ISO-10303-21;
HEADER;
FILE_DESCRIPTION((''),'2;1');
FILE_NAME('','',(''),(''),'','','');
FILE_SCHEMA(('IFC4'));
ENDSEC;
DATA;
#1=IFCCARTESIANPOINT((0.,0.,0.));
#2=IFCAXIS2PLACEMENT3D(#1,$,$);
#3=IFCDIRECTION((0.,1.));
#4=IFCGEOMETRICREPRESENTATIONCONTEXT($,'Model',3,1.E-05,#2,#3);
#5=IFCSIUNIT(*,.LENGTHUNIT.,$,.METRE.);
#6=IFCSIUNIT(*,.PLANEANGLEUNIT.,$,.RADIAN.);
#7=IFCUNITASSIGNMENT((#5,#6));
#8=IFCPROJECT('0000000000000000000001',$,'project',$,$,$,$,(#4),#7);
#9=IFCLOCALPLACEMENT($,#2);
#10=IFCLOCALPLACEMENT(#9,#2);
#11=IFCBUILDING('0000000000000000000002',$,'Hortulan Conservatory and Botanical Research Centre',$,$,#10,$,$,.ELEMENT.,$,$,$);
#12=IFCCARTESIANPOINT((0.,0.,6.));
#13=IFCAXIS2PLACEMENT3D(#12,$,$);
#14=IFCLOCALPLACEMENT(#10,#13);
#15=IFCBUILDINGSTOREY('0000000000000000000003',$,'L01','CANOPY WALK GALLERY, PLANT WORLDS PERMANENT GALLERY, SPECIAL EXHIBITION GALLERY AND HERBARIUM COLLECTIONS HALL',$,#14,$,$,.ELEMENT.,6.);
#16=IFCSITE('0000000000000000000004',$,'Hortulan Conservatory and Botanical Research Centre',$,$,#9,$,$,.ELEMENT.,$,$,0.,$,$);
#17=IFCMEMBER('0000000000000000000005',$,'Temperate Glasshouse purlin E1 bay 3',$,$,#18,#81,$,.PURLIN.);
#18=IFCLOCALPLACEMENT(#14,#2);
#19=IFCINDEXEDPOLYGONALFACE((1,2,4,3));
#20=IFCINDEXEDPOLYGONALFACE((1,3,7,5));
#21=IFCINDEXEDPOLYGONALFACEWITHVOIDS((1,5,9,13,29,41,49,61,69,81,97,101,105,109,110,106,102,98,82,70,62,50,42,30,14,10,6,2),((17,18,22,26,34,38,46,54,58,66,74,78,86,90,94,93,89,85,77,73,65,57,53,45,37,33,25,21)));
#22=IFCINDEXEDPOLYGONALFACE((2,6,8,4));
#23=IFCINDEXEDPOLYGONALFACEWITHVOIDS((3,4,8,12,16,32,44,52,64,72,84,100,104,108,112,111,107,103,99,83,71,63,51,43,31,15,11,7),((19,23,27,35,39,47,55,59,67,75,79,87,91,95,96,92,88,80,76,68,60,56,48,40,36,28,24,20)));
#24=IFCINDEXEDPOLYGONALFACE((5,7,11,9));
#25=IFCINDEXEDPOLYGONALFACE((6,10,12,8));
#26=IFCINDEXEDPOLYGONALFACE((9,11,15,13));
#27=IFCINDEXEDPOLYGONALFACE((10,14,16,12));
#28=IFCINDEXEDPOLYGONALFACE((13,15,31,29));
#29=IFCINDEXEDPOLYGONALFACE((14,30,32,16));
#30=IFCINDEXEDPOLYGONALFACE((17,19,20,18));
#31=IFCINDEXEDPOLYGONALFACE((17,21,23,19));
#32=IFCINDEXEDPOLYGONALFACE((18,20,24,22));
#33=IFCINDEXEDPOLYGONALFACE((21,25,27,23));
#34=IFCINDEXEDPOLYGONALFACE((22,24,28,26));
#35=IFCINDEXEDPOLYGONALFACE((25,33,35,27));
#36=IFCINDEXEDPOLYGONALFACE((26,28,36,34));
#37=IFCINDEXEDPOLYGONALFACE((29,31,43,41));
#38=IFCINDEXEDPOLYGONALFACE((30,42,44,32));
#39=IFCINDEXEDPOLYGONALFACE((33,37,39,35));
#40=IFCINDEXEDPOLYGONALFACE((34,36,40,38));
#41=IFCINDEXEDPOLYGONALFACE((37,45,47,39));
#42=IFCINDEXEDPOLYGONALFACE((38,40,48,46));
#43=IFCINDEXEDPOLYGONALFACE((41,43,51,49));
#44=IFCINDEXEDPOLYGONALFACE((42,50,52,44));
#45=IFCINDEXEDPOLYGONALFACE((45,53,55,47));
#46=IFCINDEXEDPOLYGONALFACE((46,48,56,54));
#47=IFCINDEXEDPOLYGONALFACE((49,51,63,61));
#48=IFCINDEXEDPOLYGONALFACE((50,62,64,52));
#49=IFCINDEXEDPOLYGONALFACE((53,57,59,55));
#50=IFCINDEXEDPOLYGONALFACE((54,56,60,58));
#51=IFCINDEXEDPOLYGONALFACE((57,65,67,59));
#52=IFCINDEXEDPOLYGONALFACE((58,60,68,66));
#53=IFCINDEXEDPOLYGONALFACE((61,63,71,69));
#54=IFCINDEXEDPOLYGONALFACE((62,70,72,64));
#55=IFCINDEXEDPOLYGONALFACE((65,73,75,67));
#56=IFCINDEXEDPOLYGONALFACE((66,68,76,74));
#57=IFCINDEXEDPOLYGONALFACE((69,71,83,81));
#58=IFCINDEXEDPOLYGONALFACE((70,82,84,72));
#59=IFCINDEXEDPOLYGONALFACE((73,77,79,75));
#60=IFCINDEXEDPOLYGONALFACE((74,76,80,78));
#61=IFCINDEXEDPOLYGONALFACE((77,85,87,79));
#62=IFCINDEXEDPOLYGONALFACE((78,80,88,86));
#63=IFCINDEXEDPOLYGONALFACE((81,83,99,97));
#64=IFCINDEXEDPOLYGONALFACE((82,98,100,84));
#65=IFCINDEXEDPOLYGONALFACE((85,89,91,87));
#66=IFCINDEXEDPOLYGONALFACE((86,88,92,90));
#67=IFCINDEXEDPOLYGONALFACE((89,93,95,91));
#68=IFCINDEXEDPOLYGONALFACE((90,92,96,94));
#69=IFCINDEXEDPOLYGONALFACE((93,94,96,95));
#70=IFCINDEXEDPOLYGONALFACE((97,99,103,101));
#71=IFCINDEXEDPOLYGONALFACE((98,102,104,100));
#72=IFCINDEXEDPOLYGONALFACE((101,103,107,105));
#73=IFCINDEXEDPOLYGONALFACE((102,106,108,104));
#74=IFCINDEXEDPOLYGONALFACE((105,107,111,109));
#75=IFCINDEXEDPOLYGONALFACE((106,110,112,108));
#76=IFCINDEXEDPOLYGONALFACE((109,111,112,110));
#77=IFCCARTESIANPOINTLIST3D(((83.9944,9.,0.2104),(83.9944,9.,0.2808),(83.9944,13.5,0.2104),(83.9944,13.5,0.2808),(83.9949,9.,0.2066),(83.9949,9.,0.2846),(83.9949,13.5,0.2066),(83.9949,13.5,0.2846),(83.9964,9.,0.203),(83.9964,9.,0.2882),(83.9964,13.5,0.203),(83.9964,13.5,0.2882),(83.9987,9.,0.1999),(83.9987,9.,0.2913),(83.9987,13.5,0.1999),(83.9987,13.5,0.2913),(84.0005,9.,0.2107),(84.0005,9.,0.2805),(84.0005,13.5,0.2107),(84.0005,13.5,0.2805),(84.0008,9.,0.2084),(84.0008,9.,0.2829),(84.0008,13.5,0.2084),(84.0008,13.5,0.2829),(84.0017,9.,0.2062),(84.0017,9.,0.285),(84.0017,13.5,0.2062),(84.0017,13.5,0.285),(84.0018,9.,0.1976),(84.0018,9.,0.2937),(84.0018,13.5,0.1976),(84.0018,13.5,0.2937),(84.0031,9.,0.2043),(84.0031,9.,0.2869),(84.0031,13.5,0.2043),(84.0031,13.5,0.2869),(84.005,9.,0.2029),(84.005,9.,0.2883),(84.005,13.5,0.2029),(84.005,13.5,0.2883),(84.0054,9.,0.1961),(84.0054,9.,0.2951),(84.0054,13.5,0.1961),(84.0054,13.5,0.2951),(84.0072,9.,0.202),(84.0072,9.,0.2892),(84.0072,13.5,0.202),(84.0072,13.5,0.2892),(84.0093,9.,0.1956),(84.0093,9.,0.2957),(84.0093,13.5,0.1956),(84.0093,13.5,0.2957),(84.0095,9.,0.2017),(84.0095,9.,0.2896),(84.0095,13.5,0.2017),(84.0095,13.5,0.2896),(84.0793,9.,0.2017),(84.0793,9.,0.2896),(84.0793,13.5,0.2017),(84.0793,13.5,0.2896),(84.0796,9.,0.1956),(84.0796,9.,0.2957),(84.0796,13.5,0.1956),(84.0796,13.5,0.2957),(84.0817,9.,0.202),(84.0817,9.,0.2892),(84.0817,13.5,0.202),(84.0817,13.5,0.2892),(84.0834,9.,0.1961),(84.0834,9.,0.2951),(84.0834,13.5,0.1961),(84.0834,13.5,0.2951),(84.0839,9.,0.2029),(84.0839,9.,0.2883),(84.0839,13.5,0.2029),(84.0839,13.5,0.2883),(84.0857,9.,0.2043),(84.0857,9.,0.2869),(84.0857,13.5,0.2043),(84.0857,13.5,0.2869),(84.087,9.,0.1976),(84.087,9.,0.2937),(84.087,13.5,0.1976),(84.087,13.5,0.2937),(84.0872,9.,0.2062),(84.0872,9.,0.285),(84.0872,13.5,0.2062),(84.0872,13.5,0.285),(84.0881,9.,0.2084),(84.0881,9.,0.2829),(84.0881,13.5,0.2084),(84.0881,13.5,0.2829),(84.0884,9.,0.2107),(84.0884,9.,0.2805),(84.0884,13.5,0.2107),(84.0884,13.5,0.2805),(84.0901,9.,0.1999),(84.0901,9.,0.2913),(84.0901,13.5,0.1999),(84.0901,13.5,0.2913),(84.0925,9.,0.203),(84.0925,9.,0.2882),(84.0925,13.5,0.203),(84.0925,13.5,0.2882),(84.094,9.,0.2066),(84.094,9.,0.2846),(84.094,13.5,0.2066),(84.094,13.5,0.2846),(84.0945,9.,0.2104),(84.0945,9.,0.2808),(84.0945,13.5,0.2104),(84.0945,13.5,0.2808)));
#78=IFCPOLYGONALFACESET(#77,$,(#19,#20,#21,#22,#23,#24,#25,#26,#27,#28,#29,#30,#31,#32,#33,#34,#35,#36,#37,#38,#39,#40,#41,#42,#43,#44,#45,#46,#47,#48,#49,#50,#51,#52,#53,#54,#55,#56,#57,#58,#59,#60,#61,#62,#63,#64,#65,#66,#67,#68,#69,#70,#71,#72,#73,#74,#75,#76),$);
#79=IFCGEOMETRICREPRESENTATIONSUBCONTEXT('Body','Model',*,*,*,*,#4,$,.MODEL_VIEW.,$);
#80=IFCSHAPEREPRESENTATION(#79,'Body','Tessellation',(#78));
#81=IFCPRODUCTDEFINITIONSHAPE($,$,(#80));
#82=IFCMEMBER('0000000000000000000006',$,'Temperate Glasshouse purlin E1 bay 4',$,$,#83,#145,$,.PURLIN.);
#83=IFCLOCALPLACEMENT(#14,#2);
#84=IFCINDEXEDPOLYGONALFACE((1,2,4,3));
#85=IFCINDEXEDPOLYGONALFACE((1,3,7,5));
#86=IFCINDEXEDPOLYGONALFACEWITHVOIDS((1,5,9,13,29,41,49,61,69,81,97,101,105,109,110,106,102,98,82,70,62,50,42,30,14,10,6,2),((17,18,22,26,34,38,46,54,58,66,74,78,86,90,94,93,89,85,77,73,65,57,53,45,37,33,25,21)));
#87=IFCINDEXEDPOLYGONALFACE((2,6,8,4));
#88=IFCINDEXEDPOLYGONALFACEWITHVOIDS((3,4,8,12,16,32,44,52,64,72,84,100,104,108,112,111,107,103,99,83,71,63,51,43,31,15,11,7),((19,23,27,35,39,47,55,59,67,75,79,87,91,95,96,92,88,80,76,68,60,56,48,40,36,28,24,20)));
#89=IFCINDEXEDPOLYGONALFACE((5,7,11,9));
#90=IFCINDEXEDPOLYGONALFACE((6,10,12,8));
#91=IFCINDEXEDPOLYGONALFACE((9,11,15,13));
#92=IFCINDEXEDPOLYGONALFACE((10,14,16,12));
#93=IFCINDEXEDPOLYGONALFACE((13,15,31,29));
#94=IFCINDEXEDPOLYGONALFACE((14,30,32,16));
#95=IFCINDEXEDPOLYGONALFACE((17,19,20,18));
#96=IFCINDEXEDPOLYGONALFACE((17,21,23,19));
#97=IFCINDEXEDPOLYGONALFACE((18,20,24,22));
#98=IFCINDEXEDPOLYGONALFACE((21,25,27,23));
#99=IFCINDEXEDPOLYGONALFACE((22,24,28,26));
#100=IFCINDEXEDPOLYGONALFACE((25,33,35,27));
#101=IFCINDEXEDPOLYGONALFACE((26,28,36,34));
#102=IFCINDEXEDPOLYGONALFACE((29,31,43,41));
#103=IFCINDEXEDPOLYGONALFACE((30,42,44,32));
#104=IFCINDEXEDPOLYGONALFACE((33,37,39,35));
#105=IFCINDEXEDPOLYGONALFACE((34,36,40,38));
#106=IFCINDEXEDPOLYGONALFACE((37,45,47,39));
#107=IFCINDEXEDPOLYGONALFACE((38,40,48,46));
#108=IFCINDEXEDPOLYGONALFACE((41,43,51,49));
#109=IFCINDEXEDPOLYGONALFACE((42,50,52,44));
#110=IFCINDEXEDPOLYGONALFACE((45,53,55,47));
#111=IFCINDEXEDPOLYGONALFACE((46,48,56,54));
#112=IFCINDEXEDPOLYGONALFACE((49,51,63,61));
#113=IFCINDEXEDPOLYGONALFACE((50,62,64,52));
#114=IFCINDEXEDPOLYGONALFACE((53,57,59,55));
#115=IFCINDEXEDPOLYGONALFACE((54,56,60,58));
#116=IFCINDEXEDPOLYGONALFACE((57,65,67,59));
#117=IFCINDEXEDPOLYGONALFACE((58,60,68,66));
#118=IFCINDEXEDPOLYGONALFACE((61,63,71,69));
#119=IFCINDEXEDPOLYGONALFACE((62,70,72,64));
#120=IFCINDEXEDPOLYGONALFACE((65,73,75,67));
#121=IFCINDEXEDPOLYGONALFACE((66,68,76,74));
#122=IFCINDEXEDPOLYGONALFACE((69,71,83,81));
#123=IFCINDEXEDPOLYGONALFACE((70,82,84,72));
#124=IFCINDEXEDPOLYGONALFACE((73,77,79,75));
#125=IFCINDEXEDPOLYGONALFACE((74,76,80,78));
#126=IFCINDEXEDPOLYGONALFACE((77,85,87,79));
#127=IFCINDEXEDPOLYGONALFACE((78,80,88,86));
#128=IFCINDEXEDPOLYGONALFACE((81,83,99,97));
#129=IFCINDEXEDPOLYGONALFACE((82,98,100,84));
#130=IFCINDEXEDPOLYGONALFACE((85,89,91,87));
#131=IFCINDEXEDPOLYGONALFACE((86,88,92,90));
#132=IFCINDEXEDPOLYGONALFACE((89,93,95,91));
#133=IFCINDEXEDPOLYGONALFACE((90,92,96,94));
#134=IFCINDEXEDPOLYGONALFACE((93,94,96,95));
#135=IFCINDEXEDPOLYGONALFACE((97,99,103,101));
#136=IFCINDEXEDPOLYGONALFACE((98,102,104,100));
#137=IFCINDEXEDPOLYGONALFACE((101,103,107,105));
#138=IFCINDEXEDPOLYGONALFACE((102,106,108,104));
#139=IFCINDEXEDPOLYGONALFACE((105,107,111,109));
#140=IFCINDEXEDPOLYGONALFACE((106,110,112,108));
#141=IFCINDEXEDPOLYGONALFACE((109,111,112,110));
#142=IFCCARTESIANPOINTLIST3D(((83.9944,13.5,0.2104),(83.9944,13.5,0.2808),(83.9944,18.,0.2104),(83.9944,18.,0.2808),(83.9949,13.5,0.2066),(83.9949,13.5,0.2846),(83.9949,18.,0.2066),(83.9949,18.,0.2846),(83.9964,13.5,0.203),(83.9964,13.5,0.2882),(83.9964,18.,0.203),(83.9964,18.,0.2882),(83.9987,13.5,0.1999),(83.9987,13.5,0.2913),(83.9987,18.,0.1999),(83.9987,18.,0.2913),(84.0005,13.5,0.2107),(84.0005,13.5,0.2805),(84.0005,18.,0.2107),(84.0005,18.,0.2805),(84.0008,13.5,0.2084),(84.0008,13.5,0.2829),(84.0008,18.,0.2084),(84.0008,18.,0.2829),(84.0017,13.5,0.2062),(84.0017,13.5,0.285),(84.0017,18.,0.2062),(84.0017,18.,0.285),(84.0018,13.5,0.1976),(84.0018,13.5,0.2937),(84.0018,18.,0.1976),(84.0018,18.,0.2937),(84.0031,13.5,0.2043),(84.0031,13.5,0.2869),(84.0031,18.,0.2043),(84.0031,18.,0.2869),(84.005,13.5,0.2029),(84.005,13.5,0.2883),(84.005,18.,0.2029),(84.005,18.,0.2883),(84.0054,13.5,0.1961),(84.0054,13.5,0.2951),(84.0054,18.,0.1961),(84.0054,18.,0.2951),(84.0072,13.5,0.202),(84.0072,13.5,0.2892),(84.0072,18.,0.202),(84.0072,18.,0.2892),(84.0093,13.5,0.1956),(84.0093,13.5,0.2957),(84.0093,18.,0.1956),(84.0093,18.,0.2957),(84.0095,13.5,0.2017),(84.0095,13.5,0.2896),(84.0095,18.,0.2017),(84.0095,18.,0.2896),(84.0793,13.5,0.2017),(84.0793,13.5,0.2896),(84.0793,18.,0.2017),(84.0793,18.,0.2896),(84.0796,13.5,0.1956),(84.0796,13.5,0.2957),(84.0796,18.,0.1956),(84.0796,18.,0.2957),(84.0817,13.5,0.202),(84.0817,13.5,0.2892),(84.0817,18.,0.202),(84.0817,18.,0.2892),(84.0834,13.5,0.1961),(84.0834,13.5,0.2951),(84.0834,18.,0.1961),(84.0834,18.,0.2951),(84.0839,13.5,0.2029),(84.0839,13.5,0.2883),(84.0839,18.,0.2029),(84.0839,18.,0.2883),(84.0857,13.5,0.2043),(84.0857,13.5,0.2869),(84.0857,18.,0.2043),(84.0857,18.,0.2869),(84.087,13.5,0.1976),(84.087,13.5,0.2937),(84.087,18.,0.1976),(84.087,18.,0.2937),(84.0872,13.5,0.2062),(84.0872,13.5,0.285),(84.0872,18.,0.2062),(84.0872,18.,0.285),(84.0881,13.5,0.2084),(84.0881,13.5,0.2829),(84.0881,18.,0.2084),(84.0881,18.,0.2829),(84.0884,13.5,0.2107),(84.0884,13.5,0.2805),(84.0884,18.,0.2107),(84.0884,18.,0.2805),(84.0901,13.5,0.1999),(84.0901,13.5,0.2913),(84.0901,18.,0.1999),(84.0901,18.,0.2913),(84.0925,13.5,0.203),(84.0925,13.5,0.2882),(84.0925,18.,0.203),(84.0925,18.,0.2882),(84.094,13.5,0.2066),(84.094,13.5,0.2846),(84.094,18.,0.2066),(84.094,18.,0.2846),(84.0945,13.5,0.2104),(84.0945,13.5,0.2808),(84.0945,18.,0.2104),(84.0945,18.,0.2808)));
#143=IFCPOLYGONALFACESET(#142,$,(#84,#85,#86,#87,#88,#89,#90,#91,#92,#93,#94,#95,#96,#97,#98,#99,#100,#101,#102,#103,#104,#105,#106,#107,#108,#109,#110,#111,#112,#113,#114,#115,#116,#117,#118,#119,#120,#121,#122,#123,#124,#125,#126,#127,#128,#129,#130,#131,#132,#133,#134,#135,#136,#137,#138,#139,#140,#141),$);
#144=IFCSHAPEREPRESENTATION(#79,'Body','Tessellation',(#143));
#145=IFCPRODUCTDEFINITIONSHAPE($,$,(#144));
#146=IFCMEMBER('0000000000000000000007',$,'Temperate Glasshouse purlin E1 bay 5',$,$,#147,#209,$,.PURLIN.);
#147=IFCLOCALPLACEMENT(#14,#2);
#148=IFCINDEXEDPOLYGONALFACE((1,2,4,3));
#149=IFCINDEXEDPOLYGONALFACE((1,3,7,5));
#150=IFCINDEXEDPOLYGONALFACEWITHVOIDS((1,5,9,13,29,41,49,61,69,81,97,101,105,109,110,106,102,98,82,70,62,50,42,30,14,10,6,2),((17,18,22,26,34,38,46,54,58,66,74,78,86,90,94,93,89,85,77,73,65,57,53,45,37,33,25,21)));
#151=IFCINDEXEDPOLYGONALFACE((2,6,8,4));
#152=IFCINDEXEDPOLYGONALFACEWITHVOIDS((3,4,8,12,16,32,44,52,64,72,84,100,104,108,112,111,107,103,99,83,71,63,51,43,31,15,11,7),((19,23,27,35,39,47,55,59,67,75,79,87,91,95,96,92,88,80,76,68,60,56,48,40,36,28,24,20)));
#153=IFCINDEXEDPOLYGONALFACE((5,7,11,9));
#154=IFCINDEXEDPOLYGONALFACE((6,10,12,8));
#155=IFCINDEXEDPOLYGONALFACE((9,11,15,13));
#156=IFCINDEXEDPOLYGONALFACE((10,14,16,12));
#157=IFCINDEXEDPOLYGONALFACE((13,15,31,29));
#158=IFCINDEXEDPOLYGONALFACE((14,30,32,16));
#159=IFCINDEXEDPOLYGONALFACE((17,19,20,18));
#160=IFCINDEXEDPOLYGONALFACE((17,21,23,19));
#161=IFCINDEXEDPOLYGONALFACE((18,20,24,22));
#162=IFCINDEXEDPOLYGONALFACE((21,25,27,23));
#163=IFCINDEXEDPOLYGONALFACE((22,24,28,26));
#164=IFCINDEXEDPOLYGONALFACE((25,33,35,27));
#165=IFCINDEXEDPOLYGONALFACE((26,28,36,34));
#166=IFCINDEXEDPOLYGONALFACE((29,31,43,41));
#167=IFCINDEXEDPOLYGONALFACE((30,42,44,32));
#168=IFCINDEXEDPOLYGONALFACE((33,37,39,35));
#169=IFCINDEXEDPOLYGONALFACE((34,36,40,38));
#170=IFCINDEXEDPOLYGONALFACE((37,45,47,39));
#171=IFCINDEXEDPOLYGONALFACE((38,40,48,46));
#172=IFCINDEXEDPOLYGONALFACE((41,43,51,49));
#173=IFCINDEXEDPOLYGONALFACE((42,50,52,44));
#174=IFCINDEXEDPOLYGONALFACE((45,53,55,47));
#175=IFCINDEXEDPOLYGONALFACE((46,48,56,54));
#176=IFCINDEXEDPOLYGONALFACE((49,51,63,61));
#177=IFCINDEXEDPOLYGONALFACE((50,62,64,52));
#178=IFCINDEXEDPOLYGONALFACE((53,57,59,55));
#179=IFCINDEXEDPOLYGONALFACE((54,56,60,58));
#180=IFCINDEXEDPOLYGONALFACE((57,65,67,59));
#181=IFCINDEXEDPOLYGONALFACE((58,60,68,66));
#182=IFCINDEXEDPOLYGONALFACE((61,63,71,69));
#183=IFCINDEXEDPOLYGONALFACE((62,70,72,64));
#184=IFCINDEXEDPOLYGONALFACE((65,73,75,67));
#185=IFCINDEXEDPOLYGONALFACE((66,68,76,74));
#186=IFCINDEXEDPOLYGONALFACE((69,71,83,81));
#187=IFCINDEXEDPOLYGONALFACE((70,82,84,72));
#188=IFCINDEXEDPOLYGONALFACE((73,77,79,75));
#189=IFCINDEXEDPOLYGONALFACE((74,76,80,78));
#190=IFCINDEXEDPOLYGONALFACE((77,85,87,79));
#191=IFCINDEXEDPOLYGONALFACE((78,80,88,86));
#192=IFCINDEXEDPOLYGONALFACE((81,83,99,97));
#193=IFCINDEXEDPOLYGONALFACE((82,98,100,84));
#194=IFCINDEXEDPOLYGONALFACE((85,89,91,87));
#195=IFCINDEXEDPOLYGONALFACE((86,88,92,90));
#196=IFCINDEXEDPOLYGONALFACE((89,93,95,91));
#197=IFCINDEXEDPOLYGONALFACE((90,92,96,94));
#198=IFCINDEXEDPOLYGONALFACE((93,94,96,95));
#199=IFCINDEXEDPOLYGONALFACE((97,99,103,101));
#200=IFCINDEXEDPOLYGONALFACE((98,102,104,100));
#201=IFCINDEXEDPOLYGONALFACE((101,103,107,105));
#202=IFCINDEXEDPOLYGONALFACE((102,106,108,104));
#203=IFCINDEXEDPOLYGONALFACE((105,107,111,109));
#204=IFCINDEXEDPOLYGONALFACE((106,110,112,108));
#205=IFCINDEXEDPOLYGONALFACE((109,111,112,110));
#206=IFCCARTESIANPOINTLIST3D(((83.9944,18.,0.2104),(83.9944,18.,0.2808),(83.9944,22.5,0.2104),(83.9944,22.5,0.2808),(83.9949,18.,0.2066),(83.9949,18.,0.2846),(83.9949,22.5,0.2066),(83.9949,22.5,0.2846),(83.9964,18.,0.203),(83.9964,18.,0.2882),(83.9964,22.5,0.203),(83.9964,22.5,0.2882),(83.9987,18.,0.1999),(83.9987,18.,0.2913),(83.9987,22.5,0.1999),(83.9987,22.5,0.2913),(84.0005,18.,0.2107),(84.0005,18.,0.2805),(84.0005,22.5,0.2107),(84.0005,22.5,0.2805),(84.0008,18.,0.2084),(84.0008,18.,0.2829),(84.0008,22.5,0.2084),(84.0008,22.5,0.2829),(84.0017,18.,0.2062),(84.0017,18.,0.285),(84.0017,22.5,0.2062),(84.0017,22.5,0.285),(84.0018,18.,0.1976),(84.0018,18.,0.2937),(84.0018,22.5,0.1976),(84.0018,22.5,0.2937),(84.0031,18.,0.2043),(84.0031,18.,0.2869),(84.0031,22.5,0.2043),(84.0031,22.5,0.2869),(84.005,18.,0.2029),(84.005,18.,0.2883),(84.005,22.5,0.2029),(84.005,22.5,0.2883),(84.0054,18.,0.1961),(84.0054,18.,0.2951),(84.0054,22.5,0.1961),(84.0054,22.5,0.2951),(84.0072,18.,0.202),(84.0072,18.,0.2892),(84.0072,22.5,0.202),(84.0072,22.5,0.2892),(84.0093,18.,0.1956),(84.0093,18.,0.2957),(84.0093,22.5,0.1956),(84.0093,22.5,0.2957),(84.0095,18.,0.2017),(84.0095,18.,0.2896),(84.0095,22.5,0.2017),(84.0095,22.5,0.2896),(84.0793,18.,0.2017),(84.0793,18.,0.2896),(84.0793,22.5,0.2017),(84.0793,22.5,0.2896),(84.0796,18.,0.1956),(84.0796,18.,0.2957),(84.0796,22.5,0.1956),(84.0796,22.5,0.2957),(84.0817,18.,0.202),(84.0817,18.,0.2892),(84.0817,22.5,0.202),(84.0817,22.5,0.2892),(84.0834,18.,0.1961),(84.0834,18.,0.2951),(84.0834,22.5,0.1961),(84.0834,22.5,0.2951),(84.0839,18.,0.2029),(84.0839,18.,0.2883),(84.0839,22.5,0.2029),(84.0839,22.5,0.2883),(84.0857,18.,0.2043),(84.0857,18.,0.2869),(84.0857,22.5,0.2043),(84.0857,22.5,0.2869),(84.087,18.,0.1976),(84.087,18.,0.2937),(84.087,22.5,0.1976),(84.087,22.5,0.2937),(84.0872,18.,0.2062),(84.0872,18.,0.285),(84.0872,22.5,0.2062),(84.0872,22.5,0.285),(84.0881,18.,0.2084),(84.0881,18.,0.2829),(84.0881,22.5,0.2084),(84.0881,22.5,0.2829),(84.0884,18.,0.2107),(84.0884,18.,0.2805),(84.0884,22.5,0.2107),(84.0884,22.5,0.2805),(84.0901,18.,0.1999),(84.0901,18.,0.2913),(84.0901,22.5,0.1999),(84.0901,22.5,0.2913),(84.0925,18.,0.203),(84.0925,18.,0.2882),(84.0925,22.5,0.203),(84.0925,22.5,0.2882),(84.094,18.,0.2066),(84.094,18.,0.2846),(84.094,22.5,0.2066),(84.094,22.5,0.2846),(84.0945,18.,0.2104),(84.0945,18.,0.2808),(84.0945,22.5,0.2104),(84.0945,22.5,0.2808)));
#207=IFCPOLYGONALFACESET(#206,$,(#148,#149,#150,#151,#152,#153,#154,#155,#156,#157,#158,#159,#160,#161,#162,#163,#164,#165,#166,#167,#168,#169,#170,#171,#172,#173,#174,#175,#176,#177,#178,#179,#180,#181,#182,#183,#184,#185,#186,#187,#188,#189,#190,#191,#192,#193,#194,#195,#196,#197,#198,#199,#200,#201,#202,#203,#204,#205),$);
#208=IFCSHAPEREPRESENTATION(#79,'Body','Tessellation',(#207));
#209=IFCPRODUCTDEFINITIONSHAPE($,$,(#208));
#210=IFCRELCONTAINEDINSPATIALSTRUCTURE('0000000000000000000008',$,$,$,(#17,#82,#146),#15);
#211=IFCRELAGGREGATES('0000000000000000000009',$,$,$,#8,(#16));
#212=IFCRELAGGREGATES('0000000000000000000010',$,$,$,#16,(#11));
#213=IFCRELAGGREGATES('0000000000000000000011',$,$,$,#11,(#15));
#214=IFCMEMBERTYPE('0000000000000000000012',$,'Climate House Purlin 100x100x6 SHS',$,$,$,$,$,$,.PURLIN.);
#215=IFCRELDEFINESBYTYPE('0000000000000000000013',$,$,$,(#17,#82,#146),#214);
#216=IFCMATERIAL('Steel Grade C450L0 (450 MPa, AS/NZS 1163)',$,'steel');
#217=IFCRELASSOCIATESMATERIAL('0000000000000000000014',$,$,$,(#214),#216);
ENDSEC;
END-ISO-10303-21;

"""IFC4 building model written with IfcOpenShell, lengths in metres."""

from ifc_helpers import new_model, si_unit, direction, frame, origin, origin_2d, place, context, subcontext, project, spatial, hollow_rectangle, extrude, material, material_profile, profile_set, type_object, element, save


model = new_model("IFC4")

# Units and contexts
model_context = context("Model", 3, precision=1e-05, world=origin(), true_north=direction((0.0, 1.0)))
body_context = subcontext(model_context, "Body", "Model", "MODEL_VIEW")
ifc_project = project(units=[si_unit("LENGTHUNIT", "METRE"), si_unit("PLANEANGLEUNIT", "RADIAN")], contexts=[model_context])

# Site, building, storey
site_placement = place(None, origin())
site = spatial("IfcSite", under=ifc_project, at=site_placement, Name="Hortulan Conservatory and Botanical Research Centre", CompositionType="ELEMENT", RefElevation=0.0)
building_placement = place(site_placement, origin())
building = spatial("IfcBuilding", under=site, at=building_placement, Name="Hortulan Conservatory and Botanical Research Centre", CompositionType="ELEMENT")
storey_placement = place(building_placement, frame((0.0, 0.0, 6.0)))
storey = spatial("IfcBuildingStorey", under=building, at=storey_placement, Name="L01", Description="CANOPY WALK GALLERY, PLANT WORLDS PERMANENT GALLERY, SPECIAL EXHIBITION GALLERY AND HERBARIUM COLLECTIONS HALL", CompositionType="ELEMENT", Elevation=6.0)

# Members
ifc_material_1 = material(Name="Steel Grade C450L0 (450 MPa, AS/NZS 1163)", Category="steel")
ifc_material_profile_1 = material_profile(ifc_material_1, hollow_rectangle(XDim=0.1001, YDim=0.1001, WallThickness=0.0061, InnerFilletRadius=0.009, OuterFilletRadius=0.0149, at=origin_2d()), Name="100x100x6SHS")
ifc_profile_set_1 = profile_set([ifc_material_profile_1], Name="Steel Grade C450L0 (450 MPa, AS/NZS 1163)")
member_type_1 = type_object("IfcMemberType", Name="Climate House Purlin 100x100x6 SHS", PredefinedType="PURLIN", material=ifc_profile_set_1)
for number, where, z_axis, x_axis, name in (
    (1, (84.0444, 9.0, 0.2456), (0.0, 1.0, 0.0), (-1.0, 0.0, 0.0), "Temperate Glasshouse purlin E1 bay 3"),
    (2, (84.0444, 13.5, 0.2456), (0.0, 1.0, 0.0), (-1.0, 0.0, 0.0), "Temperate Glasshouse purlin E1 bay 4"),
    (3, (84.0444, 18.0, 0.2456), (0.0, 1.0, 0.0), (-1.0, 0.0, 0.0), "Temperate Glasshouse purlin E1 bay 5"),
):
    element("IfcMember", number, at=place(storey_placement, frame(where, z_axis=z_axis, x_axis=x_axis)), inside=storey, type_object=member_type_1, Name=name, PredefinedType="PURLIN", context=body_context, shape_type="SweptSolid", body=[
        extrude(hollow_rectangle(XDim=0.1001, YDim=0.1001, WallThickness=0.0061, InnerFilletRadius=0.009, OuterFilletRadius=0.0149, at=origin_2d()), origin(), (0.0, 0.0, 1.0), 4.5),
    ])

save(model, "model.ifc")
